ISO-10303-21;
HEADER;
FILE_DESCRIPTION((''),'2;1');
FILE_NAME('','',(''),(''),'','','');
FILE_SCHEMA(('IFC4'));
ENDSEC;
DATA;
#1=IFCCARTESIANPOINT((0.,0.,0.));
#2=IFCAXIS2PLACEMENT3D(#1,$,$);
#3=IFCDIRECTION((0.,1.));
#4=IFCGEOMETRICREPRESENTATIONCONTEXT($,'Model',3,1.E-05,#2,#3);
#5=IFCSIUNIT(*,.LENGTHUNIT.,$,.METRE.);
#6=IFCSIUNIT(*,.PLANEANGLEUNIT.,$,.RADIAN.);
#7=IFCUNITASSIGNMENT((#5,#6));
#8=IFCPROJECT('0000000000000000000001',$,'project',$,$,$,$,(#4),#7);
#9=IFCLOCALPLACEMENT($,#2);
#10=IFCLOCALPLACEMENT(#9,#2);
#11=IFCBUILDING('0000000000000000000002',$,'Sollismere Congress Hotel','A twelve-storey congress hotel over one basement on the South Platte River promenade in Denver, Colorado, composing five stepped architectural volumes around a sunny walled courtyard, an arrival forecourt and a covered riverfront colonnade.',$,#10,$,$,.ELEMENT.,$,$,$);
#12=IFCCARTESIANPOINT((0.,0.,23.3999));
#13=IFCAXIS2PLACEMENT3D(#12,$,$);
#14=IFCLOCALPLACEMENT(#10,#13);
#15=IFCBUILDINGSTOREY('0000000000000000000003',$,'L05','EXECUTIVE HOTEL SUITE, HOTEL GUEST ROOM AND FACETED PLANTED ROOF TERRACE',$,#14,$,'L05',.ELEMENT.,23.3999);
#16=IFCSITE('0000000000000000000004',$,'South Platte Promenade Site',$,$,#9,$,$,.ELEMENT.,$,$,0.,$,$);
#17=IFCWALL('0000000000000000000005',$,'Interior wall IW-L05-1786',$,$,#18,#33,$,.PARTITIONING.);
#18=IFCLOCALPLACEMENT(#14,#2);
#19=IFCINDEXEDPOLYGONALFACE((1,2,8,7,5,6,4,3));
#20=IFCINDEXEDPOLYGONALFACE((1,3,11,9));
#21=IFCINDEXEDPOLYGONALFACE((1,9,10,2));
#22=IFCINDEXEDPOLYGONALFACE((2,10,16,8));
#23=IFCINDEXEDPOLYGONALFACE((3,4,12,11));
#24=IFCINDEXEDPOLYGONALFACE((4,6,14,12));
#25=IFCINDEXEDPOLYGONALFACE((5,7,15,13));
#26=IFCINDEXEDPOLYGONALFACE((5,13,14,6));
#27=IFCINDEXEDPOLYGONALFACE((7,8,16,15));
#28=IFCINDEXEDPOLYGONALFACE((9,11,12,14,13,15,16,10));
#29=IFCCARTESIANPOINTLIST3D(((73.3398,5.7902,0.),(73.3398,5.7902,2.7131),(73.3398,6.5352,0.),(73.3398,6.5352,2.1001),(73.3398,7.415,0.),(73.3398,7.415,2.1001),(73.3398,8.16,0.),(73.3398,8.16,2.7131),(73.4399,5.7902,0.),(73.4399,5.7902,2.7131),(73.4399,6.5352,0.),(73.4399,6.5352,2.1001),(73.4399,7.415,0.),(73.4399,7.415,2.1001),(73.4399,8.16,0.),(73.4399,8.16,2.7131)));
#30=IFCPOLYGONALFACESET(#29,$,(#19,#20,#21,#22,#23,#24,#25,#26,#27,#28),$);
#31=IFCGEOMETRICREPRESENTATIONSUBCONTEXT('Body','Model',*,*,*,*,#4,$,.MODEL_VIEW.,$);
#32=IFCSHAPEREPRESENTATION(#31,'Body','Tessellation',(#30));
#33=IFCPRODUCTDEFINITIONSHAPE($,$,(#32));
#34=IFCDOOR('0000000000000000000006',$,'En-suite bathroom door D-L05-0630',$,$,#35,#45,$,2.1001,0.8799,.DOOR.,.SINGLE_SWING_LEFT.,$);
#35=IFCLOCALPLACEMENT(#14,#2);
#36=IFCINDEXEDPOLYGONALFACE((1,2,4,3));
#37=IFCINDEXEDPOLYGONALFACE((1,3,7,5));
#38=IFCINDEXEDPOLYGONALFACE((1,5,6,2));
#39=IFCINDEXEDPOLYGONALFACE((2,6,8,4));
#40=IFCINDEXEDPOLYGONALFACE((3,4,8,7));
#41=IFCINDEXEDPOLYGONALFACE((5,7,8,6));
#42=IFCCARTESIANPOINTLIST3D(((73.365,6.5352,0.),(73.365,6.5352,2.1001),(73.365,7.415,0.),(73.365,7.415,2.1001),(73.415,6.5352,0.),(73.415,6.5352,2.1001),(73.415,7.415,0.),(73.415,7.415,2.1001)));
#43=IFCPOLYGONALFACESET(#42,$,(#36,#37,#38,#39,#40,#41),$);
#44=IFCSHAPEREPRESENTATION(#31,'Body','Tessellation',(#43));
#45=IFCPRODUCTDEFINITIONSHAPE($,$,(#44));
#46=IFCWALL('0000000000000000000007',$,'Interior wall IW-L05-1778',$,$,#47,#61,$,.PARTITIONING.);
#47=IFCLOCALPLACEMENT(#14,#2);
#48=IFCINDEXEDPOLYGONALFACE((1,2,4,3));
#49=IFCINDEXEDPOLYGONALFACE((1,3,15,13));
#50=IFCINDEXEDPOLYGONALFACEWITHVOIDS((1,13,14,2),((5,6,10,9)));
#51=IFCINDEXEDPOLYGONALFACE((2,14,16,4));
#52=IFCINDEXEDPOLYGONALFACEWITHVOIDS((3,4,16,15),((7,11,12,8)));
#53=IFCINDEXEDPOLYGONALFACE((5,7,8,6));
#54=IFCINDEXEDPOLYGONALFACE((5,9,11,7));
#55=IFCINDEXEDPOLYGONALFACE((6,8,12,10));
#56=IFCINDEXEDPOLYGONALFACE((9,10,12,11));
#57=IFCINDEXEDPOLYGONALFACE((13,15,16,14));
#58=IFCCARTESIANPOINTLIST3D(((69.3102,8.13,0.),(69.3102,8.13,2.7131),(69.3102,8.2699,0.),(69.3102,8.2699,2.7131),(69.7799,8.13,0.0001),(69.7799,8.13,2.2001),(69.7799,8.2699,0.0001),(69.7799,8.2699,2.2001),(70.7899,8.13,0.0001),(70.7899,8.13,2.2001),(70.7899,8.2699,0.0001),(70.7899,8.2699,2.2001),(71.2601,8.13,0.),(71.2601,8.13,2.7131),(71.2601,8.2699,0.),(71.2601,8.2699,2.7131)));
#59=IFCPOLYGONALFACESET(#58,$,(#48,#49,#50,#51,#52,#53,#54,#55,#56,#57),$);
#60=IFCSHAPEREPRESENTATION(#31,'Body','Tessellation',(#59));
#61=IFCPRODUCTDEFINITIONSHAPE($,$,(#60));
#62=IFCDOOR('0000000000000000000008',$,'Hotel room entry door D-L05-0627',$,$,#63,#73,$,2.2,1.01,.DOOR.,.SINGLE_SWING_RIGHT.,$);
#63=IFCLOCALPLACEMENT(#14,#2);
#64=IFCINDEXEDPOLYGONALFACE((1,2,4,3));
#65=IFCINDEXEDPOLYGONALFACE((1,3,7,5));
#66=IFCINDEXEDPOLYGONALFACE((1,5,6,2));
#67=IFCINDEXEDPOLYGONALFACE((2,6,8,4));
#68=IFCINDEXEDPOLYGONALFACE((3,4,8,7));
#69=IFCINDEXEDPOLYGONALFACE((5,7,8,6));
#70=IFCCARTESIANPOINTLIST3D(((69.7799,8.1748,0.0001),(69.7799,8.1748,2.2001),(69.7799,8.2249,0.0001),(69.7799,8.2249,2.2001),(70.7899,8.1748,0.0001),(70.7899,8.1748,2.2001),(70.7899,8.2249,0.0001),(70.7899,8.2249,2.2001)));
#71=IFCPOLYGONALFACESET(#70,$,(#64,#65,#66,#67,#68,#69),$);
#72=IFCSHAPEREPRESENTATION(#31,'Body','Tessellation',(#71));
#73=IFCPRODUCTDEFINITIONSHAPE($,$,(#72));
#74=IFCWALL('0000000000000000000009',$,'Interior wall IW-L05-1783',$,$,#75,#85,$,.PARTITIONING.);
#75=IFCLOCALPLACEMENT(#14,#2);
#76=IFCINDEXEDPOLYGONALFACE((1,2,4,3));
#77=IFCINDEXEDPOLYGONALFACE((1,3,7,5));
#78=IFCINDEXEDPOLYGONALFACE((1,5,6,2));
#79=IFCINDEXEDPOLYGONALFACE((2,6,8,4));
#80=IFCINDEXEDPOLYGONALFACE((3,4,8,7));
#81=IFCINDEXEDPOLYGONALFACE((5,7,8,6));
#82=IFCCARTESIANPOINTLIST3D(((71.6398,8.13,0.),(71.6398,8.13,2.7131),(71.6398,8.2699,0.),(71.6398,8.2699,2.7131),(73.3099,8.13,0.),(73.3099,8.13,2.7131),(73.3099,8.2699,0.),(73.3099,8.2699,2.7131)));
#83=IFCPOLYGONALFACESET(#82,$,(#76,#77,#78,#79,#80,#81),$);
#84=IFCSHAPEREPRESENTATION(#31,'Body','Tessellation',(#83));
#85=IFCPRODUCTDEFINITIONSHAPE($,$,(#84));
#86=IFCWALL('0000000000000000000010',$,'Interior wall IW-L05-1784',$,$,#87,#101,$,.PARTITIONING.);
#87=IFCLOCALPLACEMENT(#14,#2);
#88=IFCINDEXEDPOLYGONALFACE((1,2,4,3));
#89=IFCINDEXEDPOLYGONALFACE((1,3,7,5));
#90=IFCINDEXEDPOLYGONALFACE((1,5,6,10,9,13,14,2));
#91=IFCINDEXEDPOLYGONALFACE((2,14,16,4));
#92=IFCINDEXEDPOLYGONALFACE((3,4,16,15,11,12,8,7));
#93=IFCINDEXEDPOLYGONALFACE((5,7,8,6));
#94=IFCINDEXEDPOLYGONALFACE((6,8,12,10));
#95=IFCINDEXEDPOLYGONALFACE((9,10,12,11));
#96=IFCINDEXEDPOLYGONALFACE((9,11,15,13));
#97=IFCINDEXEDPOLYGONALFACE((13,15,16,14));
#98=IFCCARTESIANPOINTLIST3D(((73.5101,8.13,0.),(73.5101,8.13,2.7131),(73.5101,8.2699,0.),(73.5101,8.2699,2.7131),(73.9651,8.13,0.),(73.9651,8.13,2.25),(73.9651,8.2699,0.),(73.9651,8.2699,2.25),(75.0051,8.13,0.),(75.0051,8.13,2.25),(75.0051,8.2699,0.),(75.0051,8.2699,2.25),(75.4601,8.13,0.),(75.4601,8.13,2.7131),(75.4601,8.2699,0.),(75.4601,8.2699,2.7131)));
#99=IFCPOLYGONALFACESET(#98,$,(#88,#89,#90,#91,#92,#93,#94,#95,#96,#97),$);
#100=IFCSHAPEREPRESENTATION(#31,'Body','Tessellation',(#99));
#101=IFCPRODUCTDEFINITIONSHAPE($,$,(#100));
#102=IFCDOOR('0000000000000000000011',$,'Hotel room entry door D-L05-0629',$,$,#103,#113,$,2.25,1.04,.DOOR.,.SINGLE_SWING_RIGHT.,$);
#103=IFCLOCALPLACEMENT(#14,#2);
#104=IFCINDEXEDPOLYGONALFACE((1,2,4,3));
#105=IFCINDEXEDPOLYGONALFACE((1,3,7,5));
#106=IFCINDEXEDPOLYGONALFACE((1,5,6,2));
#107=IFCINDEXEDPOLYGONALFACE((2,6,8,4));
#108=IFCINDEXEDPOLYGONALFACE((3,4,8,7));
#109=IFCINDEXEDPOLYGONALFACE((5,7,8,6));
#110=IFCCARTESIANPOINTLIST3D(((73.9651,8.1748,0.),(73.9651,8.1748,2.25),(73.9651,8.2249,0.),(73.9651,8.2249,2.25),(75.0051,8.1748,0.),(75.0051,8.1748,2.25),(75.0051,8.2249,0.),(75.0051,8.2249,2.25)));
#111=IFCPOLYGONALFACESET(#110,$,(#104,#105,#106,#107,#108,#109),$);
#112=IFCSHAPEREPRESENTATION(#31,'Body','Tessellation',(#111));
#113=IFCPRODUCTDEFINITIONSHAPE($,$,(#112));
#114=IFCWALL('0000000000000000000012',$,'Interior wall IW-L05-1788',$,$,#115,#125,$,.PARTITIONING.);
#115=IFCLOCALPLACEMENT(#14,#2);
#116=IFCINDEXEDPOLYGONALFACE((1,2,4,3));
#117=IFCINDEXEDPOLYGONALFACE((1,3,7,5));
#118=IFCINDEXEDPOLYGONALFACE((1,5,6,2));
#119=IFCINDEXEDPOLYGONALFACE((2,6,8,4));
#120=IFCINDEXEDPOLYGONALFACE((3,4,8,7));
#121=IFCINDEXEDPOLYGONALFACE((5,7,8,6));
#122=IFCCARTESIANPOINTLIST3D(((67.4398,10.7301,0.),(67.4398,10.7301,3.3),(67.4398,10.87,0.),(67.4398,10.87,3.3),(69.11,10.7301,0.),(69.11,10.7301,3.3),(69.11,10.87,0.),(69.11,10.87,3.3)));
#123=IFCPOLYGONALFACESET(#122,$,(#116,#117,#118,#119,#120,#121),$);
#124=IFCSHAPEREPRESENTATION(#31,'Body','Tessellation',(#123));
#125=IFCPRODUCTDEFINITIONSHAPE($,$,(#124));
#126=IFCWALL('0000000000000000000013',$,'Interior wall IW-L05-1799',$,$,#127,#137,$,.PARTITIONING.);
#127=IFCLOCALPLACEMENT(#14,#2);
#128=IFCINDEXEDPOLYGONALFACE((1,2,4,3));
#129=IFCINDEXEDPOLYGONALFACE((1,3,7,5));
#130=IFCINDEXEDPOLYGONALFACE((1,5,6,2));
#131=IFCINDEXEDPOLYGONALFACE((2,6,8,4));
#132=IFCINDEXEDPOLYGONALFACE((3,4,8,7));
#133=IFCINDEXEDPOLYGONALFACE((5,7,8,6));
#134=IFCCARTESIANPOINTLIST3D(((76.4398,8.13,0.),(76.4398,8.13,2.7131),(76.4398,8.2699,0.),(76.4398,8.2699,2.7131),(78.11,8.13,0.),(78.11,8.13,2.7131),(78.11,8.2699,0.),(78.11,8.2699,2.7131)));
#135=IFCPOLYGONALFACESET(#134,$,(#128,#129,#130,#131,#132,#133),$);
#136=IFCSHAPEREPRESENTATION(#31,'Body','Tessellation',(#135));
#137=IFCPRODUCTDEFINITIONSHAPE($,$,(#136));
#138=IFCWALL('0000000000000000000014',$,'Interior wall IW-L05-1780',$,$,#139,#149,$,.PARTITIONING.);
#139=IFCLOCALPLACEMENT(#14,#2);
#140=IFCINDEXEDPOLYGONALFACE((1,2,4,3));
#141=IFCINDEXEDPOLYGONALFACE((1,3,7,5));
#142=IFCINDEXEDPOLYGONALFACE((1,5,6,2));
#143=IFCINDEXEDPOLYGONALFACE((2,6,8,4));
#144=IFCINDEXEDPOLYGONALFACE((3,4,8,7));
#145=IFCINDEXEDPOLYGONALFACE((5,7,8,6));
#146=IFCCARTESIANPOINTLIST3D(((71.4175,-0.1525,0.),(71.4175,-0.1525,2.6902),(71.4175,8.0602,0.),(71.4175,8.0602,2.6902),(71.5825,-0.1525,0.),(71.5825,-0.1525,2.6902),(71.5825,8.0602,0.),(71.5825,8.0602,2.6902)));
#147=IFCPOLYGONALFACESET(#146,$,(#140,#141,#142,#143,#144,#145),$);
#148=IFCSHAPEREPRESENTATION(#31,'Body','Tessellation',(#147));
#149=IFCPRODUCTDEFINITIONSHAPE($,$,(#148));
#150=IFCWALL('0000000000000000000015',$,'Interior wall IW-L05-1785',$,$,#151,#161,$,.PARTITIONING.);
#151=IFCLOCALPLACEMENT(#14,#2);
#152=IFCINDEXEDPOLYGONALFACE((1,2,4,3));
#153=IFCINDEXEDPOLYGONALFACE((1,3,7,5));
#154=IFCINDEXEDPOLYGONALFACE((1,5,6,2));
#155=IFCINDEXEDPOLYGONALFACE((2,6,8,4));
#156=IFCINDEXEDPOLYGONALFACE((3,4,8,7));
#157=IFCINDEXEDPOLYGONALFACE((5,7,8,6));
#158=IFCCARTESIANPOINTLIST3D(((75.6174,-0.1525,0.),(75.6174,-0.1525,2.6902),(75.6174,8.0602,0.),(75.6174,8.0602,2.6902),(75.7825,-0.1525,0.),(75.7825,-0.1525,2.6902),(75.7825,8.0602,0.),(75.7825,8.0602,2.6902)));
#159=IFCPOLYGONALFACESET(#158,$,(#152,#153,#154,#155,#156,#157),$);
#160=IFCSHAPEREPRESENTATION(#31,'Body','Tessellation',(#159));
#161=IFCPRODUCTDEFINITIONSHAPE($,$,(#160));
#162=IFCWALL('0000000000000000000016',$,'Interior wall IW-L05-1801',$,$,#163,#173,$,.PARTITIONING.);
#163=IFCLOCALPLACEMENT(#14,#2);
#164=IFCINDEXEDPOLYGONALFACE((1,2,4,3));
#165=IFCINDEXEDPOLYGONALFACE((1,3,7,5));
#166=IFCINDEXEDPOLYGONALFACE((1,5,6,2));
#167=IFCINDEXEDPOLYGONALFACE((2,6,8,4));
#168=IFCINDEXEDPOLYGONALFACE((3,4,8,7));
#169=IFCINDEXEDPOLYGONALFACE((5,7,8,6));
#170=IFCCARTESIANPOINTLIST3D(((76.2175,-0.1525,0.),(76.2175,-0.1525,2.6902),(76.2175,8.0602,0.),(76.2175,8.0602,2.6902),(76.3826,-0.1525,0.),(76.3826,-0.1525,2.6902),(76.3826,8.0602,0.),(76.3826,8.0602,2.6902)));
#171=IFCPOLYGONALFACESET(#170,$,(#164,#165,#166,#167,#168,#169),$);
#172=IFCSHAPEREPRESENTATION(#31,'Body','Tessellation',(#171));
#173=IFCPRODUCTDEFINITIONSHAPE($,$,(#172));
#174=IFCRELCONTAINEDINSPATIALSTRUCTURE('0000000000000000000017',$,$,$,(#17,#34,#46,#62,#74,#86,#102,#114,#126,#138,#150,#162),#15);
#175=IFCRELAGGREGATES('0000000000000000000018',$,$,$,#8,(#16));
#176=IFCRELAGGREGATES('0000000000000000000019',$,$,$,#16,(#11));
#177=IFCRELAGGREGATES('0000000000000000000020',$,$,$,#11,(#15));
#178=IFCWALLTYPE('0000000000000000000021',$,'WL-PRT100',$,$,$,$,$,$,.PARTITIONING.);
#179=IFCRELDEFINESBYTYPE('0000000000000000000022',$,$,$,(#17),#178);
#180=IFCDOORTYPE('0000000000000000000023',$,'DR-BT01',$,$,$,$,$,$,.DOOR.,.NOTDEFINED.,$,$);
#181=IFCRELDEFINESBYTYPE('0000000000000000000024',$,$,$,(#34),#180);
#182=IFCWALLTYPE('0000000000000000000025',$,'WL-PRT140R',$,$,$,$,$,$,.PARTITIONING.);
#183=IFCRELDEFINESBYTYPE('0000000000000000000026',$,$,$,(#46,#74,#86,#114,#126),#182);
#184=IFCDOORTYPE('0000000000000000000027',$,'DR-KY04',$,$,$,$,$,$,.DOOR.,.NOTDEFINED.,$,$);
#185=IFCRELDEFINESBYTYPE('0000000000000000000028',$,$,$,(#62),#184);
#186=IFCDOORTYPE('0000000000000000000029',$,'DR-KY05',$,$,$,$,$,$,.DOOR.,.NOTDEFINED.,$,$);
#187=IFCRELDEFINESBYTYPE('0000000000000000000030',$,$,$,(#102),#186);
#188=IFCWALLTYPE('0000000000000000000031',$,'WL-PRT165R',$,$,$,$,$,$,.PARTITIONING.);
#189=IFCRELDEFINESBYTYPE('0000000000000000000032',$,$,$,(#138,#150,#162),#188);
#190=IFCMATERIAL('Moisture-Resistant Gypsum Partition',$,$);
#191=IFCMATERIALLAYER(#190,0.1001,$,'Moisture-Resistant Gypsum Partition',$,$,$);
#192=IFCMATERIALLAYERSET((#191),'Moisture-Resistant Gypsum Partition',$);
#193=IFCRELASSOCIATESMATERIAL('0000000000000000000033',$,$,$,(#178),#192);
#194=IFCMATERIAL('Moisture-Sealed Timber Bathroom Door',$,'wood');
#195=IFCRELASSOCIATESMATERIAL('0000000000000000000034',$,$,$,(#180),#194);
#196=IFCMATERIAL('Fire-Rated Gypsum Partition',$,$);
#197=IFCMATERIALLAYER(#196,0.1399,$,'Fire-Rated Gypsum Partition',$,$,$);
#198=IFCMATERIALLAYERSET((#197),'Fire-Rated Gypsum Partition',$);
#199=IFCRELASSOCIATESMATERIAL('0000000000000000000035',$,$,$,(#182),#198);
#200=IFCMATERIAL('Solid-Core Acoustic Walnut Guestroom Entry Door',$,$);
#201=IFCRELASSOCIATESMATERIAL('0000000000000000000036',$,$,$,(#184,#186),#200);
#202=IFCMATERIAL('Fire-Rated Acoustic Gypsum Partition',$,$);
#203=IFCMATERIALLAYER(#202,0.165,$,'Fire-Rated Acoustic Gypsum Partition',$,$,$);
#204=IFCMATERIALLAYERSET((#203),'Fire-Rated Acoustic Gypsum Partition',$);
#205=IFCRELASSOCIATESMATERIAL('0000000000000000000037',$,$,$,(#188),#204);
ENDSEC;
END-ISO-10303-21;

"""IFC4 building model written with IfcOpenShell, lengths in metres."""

from ifc_helpers import new_model, si_unit, direction, frame, frame_2d, origin, place, context, subcontext, project, spatial, rectangle, extrude, material, layer, layer_set, type_object, element, fill, save


model = new_model("IFC4")

# Units and contexts
model_context = context("Model", 3, precision=1e-05, world=origin(), true_north=direction((0.0, 1.0)))
body_context = subcontext(model_context, "Body", "Model", "MODEL_VIEW")
ifc_project = project(units=[si_unit("LENGTHUNIT", "METRE"), si_unit("PLANEANGLEUNIT", "RADIAN")], contexts=[model_context])

# Site, building, storey
site_placement = place(None, origin())
site = spatial("IfcSite", under=ifc_project, at=site_placement, Name="South Platte Promenade Site", CompositionType="ELEMENT", RefElevation=0.0)
building_placement = place(site_placement, origin())
building = spatial("IfcBuilding", under=site, at=building_placement, Name="Sollismere Congress Hotel", Description="A twelve-storey congress hotel over one basement on the South Platte River promenade in Denver, Colorado, composing five stepped architectural volumes around a sunny walled courtyard, an arrival forecourt and a covered riverfront colonnade.", CompositionType="ELEMENT")
storey_placement = place(building_placement, frame((0.0, 0.0, 23.3999)))
storey = spatial("IfcBuildingStorey", under=building, at=storey_placement, Name="L05", Description="EXECUTIVE HOTEL SUITE, HOTEL GUEST ROOM AND FACETED PLANTED ROOF TERRACE", LongName="L05", CompositionType="ELEMENT", Elevation=23.3999)

# Walls, openings, doors
ifc_material_1 = material(Name="Moisture-Resistant Gypsum Partition")
ifc_layer_1 = layer(ifc_material_1, 0.1001, Name="Moisture-Resistant Gypsum Partition")
ifc_layer_set_1 = layer_set([ifc_layer_1], Name="Moisture-Resistant Gypsum Partition")
wall_type_1 = type_object("IfcWallType", Name="WL-PRT100", PredefinedType="PARTITIONING", material=ifc_layer_set_1)
ifc_material_2 = material(Name="Moisture-Sealed Timber Bathroom Door", Category="wood")
wall_1_placement = place(storey_placement, frame((73.3899, 5.79, 0.0), z_axis=(0.0, 0.0, 1.0), x_axis=(0.0, 1.0, 0.0)))
wall_1 = element("IfcWall", 1, at=wall_1_placement, inside=storey, type_object=wall_type_1, Name="Interior wall IW-L05-1786", PredefinedType="PARTITIONING", context=body_context, shape_type="SweptSolid", body=[
    extrude(rectangle(XDim=2.3699, YDim=0.1001, at=frame_2d((1.1851, 0.0))), origin(), (0.0, 0.0, 1.0), 2.7131),
])
opening_1_placement = place(wall_1_placement, frame((0.7451, 0.0, 0.0)))
opening_1 = element("IfcOpeningElement", 2, at=opening_1_placement, cuts=wall_1, PredefinedType="OPENING", context=body_context, shape_type="SweptSolid", body=[
    extrude(rectangle(XDim=0.8799, YDim=2.1001, at=frame_2d((0.4399, 1.05))), frame((0.0, 0.0601, 0.0), z_axis=(0.0, -1.0, 0.0), x_axis=(1.0, 0.0, 0.0)), (0.0, 0.0, 1.0), 0.1201),
])
door_type_1 = type_object("IfcDoorType", Name="DR-BT01", OperationType="NOTDEFINED", PredefinedType="DOOR", material=ifc_material_2)
door_1_placement = place(opening_1_placement, origin())
door_1 = element("IfcDoor", 3, at=door_1_placement, inside=storey, type_object=door_type_1, Name="En-suite bathroom door D-L05-0630", OperationType="SINGLE_SWING_LEFT", OverallHeight=2.1001, OverallWidth=0.8799, PredefinedType="DOOR", context=body_context, shape_type="SweptSolid", body=[
    extrude(rectangle(XDim=0.8799, YDim=2.1001, at=frame_2d((0.4399, 1.05))), frame((0.0, 0.0249, 0.0), z_axis=(0.0, -1.0, 0.0), x_axis=(1.0, 0.0, 0.0)), (0.0, 0.0, 1.0), 0.05),
])
fill(opening_1, door_1)
ifc_material_3 = material(Name="Fire-Rated Gypsum Partition")
ifc_layer_2 = layer(ifc_material_3, 0.1399, Name="Fire-Rated Gypsum Partition")
ifc_layer_set_2 = layer_set([ifc_layer_2], Name="Fire-Rated Gypsum Partition")
wall_type_2 = type_object("IfcWallType", Name="WL-PRT140R", PredefinedType="PARTITIONING", material=ifc_layer_set_2)
wall_2_placement = place(storey_placement, frame((69.3101, 8.2, 0.0), z_axis=(0.0, 0.0, 1.0), x_axis=(1.0, 0.0, 0.0)))
wall_2 = element("IfcWall", 4, at=wall_2_placement, inside=storey, type_object=wall_type_2, Name="Interior wall IW-L05-1778", PredefinedType="PARTITIONING", context=body_context, shape_type="SweptSolid", body=[
    extrude(rectangle(XDim=1.95, YDim=0.1399, at=frame_2d((0.9751, 0.0))), origin(), (0.0, 0.0, 1.0), 2.7131),
])
opening_2_placement = place(wall_2_placement, frame((0.47, 0.0, 0.0)))
opening_2 = element("IfcOpeningElement", 5, at=opening_2_placement, cuts=wall_2, PredefinedType="OPENING", context=body_context, shape_type="SweptSolid", body=[
    extrude(rectangle(XDim=1.01, YDim=2.2, at=frame_2d((0.5049, 1.1001))), frame((0.0, 0.0798, 0.0), z_axis=(0.0, -1.0, 0.0), x_axis=(1.0, 0.0, 0.0)), (0.0, 0.0, 1.0), 0.1599),
])
ifc_material_4 = material(Name="Solid-Core Acoustic Walnut Guestroom Entry Door")
door_type_2 = type_object("IfcDoorType", Name="DR-KY04", OperationType="NOTDEFINED", PredefinedType="DOOR", material=ifc_material_4)
door_2_placement = place(opening_2_placement, origin())
door_2 = element("IfcDoor", 6, at=door_2_placement, inside=storey, type_object=door_type_2, Name="Hotel room entry door D-L05-0627", OperationType="SINGLE_SWING_RIGHT", OverallHeight=2.2, OverallWidth=1.01, PredefinedType="DOOR", context=body_context, shape_type="SweptSolid", body=[
    extrude(rectangle(XDim=1.01, YDim=2.2, at=frame_2d((0.5049, 1.1001))), frame((0.0, 0.0249, 0.0), z_axis=(0.0, -1.0, 0.0), x_axis=(1.0, 0.0, 0.0)), (0.0, 0.0, 1.0), 0.05),
])
fill(opening_2, door_2)

# Wall
wall_3_placement = place(storey_placement, frame((71.6399, 8.2, 0.0), z_axis=(0.0, 0.0, 1.0), x_axis=(1.0, 0.0, 0.0)))
element("IfcWall", 7, at=wall_3_placement, inside=storey, type_object=wall_type_2, Name="Interior wall IW-L05-1783", PredefinedType="PARTITIONING", context=body_context, shape_type="SweptSolid", body=[
    extrude(rectangle(XDim=1.6702, YDim=0.1399, at=frame_2d((0.835, 0.0))), origin(), (0.0, 0.0, 1.0), 2.7131),
])

# Wall, opening, door
wall_4_placement = place(storey_placement, frame((73.51, 8.2, 0.0), z_axis=(0.0, 0.0, 1.0), x_axis=(1.0, 0.0, 0.0)))
wall_4 = element("IfcWall", 8, at=wall_4_placement, inside=storey, type_object=wall_type_2, Name="Interior wall IW-L05-1784", PredefinedType="PARTITIONING", context=body_context, shape_type="SweptSolid", body=[
    extrude(rectangle(XDim=1.95, YDim=0.1399, at=frame_2d((0.9751, 0.0))), origin(), (0.0, 0.0, 1.0), 2.7131),
])
opening_3_placement = place(wall_4_placement, frame((0.4551, 0.0, 0.0)))
opening_3 = element("IfcOpeningElement", 9, at=opening_3_placement, cuts=wall_4, PredefinedType="OPENING", context=body_context, shape_type="SweptSolid", body=[
    extrude(rectangle(XDim=1.04, YDim=2.25, at=frame_2d((0.52, 1.125))), frame((0.0, 0.0798, 0.0), z_axis=(0.0, -1.0, 0.0), x_axis=(1.0, 0.0, 0.0)), (0.0, 0.0, 1.0), 0.1599),
])
door_type_3 = type_object("IfcDoorType", Name="DR-KY05", OperationType="NOTDEFINED", PredefinedType="DOOR", material=ifc_material_4)
door_3_placement = place(opening_3_placement, origin())
door_3 = element("IfcDoor", 10, at=door_3_placement, inside=storey, type_object=door_type_3, Name="Hotel room entry door D-L05-0629", OperationType="SINGLE_SWING_RIGHT", OverallHeight=2.25, OverallWidth=1.04, PredefinedType="DOOR", context=body_context, shape_type="SweptSolid", body=[
    extrude(rectangle(XDim=1.04, YDim=2.25, at=frame_2d((0.52, 1.125))), frame((0.0, 0.0249, 0.0), z_axis=(0.0, -1.0, 0.0), x_axis=(1.0, 0.0, 0.0)), (0.0, 0.0, 1.0), 0.05),
])
fill(opening_3, door_3)

# Walls
wall_5_placement = place(storey_placement, frame((67.4399, 10.8, 0.0), z_axis=(0.0, 0.0, 1.0), x_axis=(1.0, 0.0, 0.0)))
element("IfcWall", 11, at=wall_5_placement, inside=storey, type_object=wall_type_2, Name="Interior wall IW-L05-1788", PredefinedType="PARTITIONING", context=body_context, shape_type="SweptSolid", body=[
    extrude(rectangle(XDim=1.6702, YDim=0.1399, at=frame_2d((0.835, 0.0))), origin(), (0.0, 0.0, 1.0), 3.3),
])
wall_6_placement = place(storey_placement, frame((76.4399, 8.2, 0.0), z_axis=(0.0, 0.0, 1.0), x_axis=(1.0, 0.0, 0.0)))
element("IfcWall", 12, at=wall_6_placement, inside=storey, type_object=wall_type_2, Name="Interior wall IW-L05-1799", PredefinedType="PARTITIONING", context=body_context, shape_type="SweptSolid", body=[
    extrude(rectangle(XDim=1.6702, YDim=0.1399, at=frame_2d((0.835, 0.0))), origin(), (0.0, 0.0, 1.0), 2.7131),
])
ifc_material_5 = material(Name="Fire-Rated Acoustic Gypsum Partition")
ifc_layer_3 = layer(ifc_material_5, 0.165, Name="Fire-Rated Acoustic Gypsum Partition")
ifc_layer_set_3 = layer_set([ifc_layer_3], Name="Fire-Rated Acoustic Gypsum Partition")
wall_type_3 = type_object("IfcWallType", Name="WL-PRT165R", PredefinedType="PARTITIONING", material=ifc_layer_set_3)
for number, where, z_axis, x_axis, name in (
    (13, (71.5, -0.1526, 0.0), (0.0, 0.0, 1.0), (0.0, 1.0, 0.0), "Interior wall IW-L05-1780"),
    (14, (75.7, -0.1526, 0.0), (0.0, 0.0, 1.0), (0.0, 1.0, 0.0), "Interior wall IW-L05-1785"),
    (15, (76.3, -0.1526, 0.0), (0.0, 0.0, 1.0), (0.0, 1.0, 0.0), "Interior wall IW-L05-1801"),
):
    element("IfcWall", number, at=place(storey_placement, frame(where, z_axis=z_axis, x_axis=x_axis)), inside=storey, type_object=wall_type_3, Name=name, PredefinedType="PARTITIONING", context=body_context, shape_type="SweptSolid", body=[
        extrude(rectangle(XDim=8.2126, YDim=0.165, at=frame_2d((4.1064, 0.0))), origin(), (0.0, 0.0, 1.0), 2.6902),
    ])

save(model, "model.ifc")
